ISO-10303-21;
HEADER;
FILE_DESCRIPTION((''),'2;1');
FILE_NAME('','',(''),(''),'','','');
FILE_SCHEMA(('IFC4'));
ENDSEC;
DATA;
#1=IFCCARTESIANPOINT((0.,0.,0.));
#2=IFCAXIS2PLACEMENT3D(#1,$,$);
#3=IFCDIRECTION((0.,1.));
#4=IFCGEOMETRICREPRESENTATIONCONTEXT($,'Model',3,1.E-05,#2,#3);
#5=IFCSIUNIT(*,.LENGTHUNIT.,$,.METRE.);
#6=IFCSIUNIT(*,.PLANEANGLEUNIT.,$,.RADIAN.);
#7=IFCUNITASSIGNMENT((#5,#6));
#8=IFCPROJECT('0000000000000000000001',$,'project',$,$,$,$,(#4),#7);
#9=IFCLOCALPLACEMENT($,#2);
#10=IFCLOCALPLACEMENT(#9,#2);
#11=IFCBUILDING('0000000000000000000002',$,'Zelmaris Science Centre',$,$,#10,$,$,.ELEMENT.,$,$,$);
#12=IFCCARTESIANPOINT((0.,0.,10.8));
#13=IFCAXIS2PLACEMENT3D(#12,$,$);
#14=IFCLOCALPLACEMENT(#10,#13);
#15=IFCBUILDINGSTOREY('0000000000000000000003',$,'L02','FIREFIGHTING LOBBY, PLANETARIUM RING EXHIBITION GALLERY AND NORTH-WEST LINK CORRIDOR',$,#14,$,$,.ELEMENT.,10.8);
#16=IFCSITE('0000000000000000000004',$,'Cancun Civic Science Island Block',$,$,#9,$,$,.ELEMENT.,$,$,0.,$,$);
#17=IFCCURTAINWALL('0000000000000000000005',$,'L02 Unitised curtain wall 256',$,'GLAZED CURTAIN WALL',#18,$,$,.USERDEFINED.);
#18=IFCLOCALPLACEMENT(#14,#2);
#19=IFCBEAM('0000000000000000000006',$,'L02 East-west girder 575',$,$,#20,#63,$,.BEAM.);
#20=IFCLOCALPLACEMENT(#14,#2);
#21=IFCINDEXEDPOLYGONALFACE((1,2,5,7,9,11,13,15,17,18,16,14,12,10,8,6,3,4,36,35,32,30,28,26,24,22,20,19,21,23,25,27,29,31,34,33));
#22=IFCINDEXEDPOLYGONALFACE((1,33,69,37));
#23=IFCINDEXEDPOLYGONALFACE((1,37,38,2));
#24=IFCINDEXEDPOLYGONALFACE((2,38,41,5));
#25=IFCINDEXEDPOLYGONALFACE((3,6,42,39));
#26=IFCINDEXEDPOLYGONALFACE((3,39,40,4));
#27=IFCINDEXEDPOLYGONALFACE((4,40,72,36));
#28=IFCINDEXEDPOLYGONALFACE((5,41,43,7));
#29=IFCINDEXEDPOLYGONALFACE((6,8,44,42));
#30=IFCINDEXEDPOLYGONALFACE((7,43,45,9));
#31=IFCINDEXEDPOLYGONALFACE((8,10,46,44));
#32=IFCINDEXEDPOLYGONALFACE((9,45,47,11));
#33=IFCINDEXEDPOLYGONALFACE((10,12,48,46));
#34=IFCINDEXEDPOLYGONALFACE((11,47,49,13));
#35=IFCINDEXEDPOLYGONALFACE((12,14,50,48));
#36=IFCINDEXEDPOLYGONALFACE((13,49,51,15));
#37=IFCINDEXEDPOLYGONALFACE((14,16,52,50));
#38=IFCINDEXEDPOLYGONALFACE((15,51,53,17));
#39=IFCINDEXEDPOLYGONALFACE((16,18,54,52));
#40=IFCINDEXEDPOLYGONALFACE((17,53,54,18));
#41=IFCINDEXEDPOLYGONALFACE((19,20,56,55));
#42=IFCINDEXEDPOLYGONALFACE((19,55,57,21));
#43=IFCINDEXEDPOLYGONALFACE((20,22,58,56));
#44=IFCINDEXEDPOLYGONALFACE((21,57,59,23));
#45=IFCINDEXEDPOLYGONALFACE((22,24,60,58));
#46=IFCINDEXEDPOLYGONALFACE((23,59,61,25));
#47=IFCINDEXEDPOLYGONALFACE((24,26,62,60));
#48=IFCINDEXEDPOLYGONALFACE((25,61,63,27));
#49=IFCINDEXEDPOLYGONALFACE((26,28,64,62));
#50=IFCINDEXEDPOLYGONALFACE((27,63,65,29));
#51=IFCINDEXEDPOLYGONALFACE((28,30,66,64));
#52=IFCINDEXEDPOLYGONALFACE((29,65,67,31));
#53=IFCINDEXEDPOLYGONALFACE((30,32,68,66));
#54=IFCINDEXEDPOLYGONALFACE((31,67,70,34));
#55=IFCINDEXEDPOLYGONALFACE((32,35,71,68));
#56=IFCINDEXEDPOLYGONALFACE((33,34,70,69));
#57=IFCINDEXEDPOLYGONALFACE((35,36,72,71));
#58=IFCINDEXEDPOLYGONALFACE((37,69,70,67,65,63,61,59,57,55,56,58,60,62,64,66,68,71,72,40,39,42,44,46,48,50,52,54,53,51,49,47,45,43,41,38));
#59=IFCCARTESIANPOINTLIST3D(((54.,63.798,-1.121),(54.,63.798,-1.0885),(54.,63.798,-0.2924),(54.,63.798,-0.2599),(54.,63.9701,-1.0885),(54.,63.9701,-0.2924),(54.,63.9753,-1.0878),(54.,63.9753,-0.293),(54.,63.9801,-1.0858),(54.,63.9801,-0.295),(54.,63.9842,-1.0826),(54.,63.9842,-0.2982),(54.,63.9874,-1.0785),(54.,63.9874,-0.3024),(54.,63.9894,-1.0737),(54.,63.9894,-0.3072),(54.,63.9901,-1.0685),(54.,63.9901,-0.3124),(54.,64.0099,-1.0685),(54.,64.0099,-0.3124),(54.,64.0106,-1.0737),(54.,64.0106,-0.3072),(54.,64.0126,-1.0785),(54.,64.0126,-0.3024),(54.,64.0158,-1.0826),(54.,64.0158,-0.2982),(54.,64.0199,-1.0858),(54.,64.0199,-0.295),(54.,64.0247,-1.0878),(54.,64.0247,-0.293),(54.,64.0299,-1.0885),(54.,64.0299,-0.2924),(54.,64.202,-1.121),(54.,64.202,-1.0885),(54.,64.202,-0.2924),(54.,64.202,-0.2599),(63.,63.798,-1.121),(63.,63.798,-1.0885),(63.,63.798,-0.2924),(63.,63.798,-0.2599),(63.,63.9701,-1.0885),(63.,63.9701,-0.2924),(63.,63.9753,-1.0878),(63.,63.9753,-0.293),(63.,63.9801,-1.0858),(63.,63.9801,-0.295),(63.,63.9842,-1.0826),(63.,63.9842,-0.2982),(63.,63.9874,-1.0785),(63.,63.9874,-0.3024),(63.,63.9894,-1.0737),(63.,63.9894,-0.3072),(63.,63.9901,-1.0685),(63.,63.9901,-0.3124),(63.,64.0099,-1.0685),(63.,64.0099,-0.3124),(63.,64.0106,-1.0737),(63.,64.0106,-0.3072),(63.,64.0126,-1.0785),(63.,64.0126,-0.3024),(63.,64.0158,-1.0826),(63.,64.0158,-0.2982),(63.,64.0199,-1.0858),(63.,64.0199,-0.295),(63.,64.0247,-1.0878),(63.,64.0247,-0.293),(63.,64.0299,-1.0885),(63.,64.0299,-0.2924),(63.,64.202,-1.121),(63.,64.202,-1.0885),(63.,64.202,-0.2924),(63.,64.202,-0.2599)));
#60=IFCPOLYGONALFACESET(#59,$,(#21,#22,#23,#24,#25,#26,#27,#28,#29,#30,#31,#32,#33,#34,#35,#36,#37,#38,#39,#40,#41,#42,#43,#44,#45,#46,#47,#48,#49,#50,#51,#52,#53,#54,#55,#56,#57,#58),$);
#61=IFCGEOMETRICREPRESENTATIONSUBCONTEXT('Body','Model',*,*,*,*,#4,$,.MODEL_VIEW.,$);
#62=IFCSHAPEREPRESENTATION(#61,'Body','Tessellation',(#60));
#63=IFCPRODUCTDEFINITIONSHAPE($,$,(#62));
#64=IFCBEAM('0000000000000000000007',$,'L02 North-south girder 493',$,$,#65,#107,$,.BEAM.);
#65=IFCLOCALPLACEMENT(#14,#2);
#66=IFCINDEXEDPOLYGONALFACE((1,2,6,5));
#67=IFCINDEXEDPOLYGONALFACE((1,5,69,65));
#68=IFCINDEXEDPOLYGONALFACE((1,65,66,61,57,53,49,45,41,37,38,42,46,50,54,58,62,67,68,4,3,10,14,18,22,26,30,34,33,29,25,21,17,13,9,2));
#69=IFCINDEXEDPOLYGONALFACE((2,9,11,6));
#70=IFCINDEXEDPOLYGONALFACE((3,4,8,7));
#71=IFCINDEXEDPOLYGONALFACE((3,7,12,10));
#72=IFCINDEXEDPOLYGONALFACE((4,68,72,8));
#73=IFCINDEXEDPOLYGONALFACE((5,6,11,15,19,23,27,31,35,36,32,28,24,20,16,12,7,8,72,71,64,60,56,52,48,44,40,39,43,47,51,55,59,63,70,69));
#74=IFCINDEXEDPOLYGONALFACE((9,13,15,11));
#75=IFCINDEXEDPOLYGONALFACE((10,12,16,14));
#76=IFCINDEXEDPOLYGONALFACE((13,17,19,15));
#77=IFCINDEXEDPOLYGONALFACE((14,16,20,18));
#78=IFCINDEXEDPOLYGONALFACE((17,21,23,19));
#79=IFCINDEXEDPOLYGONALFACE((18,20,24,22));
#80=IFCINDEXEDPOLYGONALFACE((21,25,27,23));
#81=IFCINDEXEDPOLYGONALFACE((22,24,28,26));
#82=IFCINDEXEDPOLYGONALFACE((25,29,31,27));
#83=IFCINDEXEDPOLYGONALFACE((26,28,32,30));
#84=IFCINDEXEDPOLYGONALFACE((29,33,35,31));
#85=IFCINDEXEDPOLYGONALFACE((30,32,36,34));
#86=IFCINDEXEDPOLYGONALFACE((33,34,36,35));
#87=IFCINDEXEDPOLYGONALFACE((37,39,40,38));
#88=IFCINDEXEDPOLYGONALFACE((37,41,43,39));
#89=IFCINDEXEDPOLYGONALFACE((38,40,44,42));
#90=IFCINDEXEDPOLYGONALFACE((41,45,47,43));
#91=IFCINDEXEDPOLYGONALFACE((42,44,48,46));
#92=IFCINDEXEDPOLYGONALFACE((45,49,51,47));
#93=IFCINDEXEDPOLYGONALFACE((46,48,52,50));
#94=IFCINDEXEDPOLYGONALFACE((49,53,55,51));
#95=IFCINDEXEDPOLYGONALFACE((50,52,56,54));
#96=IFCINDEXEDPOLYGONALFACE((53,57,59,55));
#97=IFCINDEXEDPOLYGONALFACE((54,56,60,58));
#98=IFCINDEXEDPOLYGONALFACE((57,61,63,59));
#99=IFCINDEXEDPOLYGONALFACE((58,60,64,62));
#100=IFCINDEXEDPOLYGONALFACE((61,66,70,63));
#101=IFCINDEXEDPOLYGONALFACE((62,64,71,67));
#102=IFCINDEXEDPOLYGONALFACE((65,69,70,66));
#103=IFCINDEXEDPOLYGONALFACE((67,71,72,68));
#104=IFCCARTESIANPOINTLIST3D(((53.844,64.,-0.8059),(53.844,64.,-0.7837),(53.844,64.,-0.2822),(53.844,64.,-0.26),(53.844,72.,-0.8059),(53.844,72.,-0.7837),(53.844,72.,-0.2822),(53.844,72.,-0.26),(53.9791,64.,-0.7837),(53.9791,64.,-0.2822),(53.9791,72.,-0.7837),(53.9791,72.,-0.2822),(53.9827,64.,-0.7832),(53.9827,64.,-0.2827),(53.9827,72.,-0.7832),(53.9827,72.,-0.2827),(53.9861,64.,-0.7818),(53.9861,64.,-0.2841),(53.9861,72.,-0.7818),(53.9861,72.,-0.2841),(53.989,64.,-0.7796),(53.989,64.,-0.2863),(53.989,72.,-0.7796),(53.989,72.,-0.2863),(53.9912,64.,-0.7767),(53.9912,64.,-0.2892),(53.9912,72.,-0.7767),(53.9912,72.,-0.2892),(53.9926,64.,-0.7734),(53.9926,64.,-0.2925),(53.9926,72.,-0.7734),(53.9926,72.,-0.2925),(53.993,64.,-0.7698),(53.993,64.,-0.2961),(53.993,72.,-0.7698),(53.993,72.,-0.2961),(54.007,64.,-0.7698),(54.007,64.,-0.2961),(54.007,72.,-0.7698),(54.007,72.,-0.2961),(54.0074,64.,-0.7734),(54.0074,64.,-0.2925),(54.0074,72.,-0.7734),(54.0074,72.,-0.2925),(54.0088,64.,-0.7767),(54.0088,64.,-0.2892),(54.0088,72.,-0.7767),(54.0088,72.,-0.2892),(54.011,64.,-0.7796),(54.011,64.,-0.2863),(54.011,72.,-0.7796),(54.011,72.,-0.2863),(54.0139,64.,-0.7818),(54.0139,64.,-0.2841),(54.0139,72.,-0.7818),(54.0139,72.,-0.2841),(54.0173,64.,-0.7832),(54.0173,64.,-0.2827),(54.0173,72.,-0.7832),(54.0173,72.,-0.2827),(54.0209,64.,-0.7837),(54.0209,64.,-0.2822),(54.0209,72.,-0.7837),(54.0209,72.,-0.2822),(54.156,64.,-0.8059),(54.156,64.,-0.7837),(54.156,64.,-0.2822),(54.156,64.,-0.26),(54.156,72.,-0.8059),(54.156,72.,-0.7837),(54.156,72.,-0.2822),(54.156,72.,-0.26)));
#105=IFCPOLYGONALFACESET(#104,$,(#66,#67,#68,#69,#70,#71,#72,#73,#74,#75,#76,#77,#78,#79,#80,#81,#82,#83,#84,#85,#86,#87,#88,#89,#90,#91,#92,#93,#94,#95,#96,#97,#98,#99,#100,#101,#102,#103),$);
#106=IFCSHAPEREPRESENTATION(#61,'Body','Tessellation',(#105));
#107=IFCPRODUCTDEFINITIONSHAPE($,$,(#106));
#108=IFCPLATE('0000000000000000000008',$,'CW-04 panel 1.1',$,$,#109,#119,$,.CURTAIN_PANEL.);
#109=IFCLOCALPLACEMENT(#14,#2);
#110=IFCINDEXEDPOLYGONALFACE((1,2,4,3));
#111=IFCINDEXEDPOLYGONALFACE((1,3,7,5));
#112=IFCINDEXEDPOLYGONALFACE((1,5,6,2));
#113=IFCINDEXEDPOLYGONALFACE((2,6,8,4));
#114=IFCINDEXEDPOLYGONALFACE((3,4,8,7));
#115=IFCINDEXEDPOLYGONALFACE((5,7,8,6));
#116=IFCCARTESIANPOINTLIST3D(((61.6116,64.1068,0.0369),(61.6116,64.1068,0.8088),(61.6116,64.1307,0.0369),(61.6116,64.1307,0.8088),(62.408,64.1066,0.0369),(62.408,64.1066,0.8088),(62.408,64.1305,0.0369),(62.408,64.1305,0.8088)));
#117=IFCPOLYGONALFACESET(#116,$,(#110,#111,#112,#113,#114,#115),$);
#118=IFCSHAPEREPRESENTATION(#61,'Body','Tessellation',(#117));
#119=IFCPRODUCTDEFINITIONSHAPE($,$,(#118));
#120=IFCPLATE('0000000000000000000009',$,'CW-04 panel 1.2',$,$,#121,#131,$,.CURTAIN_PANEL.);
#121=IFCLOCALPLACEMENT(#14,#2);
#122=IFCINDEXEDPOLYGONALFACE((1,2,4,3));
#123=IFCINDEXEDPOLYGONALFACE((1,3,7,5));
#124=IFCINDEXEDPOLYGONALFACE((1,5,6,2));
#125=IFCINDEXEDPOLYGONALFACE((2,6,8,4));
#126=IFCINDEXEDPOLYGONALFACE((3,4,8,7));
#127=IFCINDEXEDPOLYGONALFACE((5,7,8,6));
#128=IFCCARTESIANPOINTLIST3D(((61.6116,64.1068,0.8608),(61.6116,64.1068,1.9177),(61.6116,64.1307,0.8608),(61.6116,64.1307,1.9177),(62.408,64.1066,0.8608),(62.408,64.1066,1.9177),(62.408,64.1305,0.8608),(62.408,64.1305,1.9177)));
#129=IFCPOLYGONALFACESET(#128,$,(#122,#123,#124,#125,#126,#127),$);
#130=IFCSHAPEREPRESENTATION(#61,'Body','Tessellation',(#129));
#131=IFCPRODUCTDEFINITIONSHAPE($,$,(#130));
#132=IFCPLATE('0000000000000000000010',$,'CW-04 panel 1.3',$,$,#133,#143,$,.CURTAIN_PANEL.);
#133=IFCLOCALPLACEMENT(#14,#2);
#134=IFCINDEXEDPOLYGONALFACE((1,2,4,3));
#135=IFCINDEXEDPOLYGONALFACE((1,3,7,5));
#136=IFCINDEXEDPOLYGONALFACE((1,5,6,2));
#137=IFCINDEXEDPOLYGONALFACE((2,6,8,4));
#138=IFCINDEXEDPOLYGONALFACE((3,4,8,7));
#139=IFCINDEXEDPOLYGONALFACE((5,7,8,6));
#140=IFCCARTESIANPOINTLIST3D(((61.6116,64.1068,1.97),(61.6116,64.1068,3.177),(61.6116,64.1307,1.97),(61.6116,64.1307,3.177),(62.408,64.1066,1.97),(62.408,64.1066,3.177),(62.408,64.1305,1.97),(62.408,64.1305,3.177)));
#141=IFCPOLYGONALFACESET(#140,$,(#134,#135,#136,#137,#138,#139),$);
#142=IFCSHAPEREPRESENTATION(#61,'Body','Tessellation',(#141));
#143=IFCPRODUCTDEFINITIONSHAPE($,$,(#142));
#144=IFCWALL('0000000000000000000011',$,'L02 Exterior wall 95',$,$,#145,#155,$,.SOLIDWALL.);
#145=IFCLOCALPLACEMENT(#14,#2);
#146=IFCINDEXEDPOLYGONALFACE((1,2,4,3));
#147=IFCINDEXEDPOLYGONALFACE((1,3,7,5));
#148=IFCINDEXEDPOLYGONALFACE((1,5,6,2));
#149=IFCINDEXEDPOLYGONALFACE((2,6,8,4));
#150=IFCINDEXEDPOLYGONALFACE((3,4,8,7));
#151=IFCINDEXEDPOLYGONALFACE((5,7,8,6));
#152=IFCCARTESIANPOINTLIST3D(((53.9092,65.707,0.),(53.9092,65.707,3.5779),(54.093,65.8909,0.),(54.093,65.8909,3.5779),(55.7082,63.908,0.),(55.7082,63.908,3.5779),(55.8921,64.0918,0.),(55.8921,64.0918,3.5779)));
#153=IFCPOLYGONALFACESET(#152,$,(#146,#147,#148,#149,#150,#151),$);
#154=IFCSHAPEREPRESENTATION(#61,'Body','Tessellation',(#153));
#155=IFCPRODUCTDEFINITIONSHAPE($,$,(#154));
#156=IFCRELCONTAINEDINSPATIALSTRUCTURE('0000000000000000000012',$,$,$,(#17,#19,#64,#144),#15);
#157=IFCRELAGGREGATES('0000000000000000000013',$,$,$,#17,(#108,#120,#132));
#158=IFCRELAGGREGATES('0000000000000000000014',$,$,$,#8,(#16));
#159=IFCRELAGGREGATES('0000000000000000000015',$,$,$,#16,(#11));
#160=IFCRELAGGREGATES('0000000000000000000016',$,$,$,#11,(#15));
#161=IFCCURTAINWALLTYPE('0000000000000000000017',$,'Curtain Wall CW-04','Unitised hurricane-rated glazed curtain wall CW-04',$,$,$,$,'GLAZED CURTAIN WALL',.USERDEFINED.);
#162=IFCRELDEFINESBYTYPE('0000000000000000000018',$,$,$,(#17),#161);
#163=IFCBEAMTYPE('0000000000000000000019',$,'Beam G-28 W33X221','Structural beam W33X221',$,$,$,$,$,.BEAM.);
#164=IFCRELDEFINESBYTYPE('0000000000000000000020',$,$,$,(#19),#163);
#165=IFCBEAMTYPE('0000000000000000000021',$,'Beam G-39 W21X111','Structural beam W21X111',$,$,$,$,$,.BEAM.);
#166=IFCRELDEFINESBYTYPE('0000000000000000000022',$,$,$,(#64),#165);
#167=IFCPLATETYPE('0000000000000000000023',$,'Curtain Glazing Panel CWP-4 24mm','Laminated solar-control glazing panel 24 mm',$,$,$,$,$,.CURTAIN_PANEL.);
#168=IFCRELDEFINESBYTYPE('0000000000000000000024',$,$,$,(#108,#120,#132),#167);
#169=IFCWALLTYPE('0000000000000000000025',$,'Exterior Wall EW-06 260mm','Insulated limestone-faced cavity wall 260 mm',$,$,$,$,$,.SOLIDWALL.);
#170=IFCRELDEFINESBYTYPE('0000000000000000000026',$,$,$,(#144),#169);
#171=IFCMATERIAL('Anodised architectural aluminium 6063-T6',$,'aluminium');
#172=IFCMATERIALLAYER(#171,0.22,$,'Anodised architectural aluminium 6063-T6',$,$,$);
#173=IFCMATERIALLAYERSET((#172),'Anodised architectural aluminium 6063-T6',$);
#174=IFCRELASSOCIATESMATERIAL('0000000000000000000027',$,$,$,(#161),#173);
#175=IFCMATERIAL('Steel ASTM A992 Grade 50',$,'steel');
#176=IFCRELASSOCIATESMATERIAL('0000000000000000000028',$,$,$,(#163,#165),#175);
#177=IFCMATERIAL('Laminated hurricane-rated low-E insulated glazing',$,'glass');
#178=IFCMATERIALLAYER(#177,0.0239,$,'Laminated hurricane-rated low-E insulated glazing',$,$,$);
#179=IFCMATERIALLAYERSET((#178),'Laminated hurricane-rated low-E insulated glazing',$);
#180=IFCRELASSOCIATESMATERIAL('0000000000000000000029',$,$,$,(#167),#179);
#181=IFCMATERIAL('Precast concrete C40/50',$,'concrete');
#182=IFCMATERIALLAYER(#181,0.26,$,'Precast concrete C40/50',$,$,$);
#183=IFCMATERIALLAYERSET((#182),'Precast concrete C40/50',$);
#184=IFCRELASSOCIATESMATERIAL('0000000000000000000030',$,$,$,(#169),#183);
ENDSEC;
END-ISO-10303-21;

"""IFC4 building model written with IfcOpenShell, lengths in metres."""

from ifc_helpers import new_model, si_unit, direction, frame, frame_2d, origin, origin_2d, place, context, subcontext, project, spatial, rectangle, i_section, extrude, material, layer, layer_set, material_profile, profile_set, type_object, element, aggregate, save


model = new_model("IFC4")

# Units and contexts
model_context = context("Model", 3, precision=1e-05, world=origin(), true_north=direction((0.0, 1.0)))
body_context = subcontext(model_context, "Body", "Model", "MODEL_VIEW")
ifc_project = project(units=[si_unit("LENGTHUNIT", "METRE"), si_unit("PLANEANGLEUNIT", "RADIAN")], contexts=[model_context])

# Site, building, storey
site_placement = place(None, origin())
site = spatial("IfcSite", under=ifc_project, at=site_placement, Name="Cancun Civic Science Island Block", CompositionType="ELEMENT", RefElevation=0.0)
building_placement = place(site_placement, origin())
building = spatial("IfcBuilding", under=site, at=building_placement, Name="Zelmaris Science Centre", CompositionType="ELEMENT")
storey_placement = place(building_placement, frame((0.0, 0.0, 10.8)))
storey = spatial("IfcBuildingStorey", under=building, at=storey_placement, Name="L02", Description="FIREFIGHTING LOBBY, PLANETARIUM RING EXHIBITION GALLERY AND NORTH-WEST LINK CORRIDOR", CompositionType="ELEMENT", Elevation=10.8)

# Shared definitions
ifc_material_1 = material(Name="Steel ASTM A992 Grade 50", Category="steel")

# Curtain wall
ifc_material_2 = material(Name="Anodised architectural aluminium 6063-T6", Category="aluminium")
ifc_layer_1 = layer(ifc_material_2, 0.22, Name="Anodised architectural aluminium 6063-T6")
ifc_layer_set_1 = layer_set([ifc_layer_1], Name="Anodised architectural aluminium 6063-T6")
curtain_wall_type = type_object("IfcCurtainWallType", Name="Curtain Wall CW-04", Description="Unitised hurricane-rated glazed curtain wall CW-04", ElementType="GLAZED CURTAIN WALL", PredefinedType="USERDEFINED", material=ifc_layer_set_1)
curtain_wall_placement = place(storey_placement, origin())
curtain_wall = element("IfcCurtainWall", 1, at=curtain_wall_placement, inside=storey, type_object=curtain_wall_type, Name="L02 Unitised curtain wall 256", ObjectType="GLAZED CURTAIN WALL", PredefinedType="USERDEFINED")

# Beams
ifc_material_profile_1 = material_profile(ifc_material_1, i_section(OverallWidth=0.4041, OverallDepth=0.8611, WebThickness=0.0198, FlangeThickness=0.0325, FilletRadius=0.02, at=origin_2d()), Name="W33X221")
ifc_profile_set_1 = profile_set([ifc_material_profile_1], Name="Steel ASTM A992 Grade 50")
beam_type_1 = type_object("IfcBeamType", Name="Beam G-28 W33X221", Description="Structural beam W33X221", PredefinedType="BEAM", material=ifc_profile_set_1)
beam_1_placement = place(storey_placement, frame((54.0, 64.0, -0.6904), z_axis=(1.0, 0.0, 0.0), x_axis=(0.0, 1.0, 0.0)))
element("IfcBeam", 2, at=beam_1_placement, inside=storey, type_object=beam_type_1, Name="L02 East-west girder 575", PredefinedType="BEAM", context=body_context, shape_type="SweptSolid", body=[
    extrude(i_section(OverallWidth=0.4041, OverallDepth=0.8611, WebThickness=0.0198, FlangeThickness=0.0325, FilletRadius=0.02, at=origin_2d()), origin(), (0.0, 0.0, 1.0), 9.0),
])
ifc_material_profile_2 = material_profile(ifc_material_1, i_section(OverallWidth=0.312, OverallDepth=0.5459, WebThickness=0.0139, FlangeThickness=0.0222, FilletRadius=0.0139, at=origin_2d()), Name="W21X111")
ifc_profile_set_2 = profile_set([ifc_material_profile_2], Name="Steel ASTM A992 Grade 50")
beam_type_2 = type_object("IfcBeamType", Name="Beam G-39 W21X111", Description="Structural beam W21X111", PredefinedType="BEAM", material=ifc_profile_set_2)
beam_2_placement = place(storey_placement, frame((54.0, 64.0, -0.533), z_axis=(0.0, 1.0, 0.0), x_axis=(-1.0, 0.0, 0.0)))
element("IfcBeam", 3, at=beam_2_placement, inside=storey, type_object=beam_type_2, Name="L02 North-south girder 493", PredefinedType="BEAM", context=body_context, shape_type="SweptSolid", body=[
    extrude(i_section(OverallWidth=0.312, OverallDepth=0.5459, WebThickness=0.0139, FlangeThickness=0.0222, FilletRadius=0.0139, at=origin_2d()), origin(), (0.0, 0.0, 1.0), 8.0),
])

# Plates
ifc_material_3 = material(Name="Laminated hurricane-rated low-E insulated glazing", Category="glass")
ifc_layer_2 = layer(ifc_material_3, 0.0239, Name="Laminated hurricane-rated low-E insulated glazing")
ifc_layer_set_2 = layer_set([ifc_layer_2], Name="Laminated hurricane-rated low-E insulated glazing")
plate_type = type_object("IfcPlateType", Name="Curtain Glazing Panel CWP-4 24mm", Description="Laminated solar-control glazing panel 24 mm", PredefinedType="CURTAIN_PANEL", material=ifc_layer_set_2)
plate_1_placement = place(storey_placement, frame((62.0098, 64.1187, 0.0369), z_axis=(0.0, 0.0, 1.0), x_axis=(-1.0, 0.000229, 0.0)))
plate_1 = element("IfcPlate", 4, at=plate_1_placement, type_object=plate_type, Name="CW-04 panel 1.1", PredefinedType="CURTAIN_PANEL", context=body_context, shape_type="SweptSolid", body=[
    extrude(rectangle(XDim=0.7964, YDim=0.0239, at=origin_2d()), origin(), (0.0, 0.0, 1.0), 0.772),
])
plate_2_placement = place(storey_placement, frame((62.0098, 64.1187, 0.8608), z_axis=(0.0, 0.0, 1.0), x_axis=(-1.0, 0.000229, 0.0)))
plate_2 = element("IfcPlate", 5, at=plate_2_placement, type_object=plate_type, Name="CW-04 panel 1.2", PredefinedType="CURTAIN_PANEL", context=body_context, shape_type="SweptSolid", body=[
    extrude(rectangle(XDim=0.7964, YDim=0.0239, at=origin_2d()), origin(), (0.0, 0.0, 1.0), 1.0569),
])
plate_3_placement = place(storey_placement, frame((62.0098, 64.1187, 1.97), z_axis=(0.0, 0.0, 1.0), x_axis=(-1.0, 0.000229, 0.0)))
plate_3 = element("IfcPlate", 6, at=plate_3_placement, type_object=plate_type, Name="CW-04 panel 1.3", PredefinedType="CURTAIN_PANEL", context=body_context, shape_type="SweptSolid", body=[
    extrude(rectangle(XDim=0.7964, YDim=0.0239, at=origin_2d()), origin(), (0.0, 0.0, 1.0), 1.207),
])
aggregate(curtain_wall, [plate_1, plate_2, plate_3])

# Wall
ifc_material_4 = material(Name="Precast concrete C40/50", Category="concrete")
ifc_layer_3 = layer(ifc_material_4, 0.26, Name="Precast concrete C40/50")
ifc_layer_set_3 = layer_set([ifc_layer_3], Name="Precast concrete C40/50")
wall_type = type_object("IfcWallType", Name="Exterior Wall EW-06 260mm", Description="Insulated limestone-faced cavity wall 260 mm", PredefinedType="SOLIDWALL", material=ifc_layer_set_3)
wall_placement = place(storey_placement, frame((55.8, 64.0, 0.0), z_axis=(0.0, 0.0, 1.0), x_axis=(-0.707107, 0.707107, 0.0)))
element("IfcWall", 7, at=wall_placement, inside=storey, type_object=wall_type, Name="L02 Exterior wall 95", PredefinedType="SOLIDWALL", context=body_context, shape_type="SweptSolid", body=[
    extrude(rectangle(XDim=2.5442, YDim=0.26, at=frame_2d((1.272, 0.0))), origin(), (0.0, 0.0, 1.0), 3.5779),
])

save(model, "model.ifc")
